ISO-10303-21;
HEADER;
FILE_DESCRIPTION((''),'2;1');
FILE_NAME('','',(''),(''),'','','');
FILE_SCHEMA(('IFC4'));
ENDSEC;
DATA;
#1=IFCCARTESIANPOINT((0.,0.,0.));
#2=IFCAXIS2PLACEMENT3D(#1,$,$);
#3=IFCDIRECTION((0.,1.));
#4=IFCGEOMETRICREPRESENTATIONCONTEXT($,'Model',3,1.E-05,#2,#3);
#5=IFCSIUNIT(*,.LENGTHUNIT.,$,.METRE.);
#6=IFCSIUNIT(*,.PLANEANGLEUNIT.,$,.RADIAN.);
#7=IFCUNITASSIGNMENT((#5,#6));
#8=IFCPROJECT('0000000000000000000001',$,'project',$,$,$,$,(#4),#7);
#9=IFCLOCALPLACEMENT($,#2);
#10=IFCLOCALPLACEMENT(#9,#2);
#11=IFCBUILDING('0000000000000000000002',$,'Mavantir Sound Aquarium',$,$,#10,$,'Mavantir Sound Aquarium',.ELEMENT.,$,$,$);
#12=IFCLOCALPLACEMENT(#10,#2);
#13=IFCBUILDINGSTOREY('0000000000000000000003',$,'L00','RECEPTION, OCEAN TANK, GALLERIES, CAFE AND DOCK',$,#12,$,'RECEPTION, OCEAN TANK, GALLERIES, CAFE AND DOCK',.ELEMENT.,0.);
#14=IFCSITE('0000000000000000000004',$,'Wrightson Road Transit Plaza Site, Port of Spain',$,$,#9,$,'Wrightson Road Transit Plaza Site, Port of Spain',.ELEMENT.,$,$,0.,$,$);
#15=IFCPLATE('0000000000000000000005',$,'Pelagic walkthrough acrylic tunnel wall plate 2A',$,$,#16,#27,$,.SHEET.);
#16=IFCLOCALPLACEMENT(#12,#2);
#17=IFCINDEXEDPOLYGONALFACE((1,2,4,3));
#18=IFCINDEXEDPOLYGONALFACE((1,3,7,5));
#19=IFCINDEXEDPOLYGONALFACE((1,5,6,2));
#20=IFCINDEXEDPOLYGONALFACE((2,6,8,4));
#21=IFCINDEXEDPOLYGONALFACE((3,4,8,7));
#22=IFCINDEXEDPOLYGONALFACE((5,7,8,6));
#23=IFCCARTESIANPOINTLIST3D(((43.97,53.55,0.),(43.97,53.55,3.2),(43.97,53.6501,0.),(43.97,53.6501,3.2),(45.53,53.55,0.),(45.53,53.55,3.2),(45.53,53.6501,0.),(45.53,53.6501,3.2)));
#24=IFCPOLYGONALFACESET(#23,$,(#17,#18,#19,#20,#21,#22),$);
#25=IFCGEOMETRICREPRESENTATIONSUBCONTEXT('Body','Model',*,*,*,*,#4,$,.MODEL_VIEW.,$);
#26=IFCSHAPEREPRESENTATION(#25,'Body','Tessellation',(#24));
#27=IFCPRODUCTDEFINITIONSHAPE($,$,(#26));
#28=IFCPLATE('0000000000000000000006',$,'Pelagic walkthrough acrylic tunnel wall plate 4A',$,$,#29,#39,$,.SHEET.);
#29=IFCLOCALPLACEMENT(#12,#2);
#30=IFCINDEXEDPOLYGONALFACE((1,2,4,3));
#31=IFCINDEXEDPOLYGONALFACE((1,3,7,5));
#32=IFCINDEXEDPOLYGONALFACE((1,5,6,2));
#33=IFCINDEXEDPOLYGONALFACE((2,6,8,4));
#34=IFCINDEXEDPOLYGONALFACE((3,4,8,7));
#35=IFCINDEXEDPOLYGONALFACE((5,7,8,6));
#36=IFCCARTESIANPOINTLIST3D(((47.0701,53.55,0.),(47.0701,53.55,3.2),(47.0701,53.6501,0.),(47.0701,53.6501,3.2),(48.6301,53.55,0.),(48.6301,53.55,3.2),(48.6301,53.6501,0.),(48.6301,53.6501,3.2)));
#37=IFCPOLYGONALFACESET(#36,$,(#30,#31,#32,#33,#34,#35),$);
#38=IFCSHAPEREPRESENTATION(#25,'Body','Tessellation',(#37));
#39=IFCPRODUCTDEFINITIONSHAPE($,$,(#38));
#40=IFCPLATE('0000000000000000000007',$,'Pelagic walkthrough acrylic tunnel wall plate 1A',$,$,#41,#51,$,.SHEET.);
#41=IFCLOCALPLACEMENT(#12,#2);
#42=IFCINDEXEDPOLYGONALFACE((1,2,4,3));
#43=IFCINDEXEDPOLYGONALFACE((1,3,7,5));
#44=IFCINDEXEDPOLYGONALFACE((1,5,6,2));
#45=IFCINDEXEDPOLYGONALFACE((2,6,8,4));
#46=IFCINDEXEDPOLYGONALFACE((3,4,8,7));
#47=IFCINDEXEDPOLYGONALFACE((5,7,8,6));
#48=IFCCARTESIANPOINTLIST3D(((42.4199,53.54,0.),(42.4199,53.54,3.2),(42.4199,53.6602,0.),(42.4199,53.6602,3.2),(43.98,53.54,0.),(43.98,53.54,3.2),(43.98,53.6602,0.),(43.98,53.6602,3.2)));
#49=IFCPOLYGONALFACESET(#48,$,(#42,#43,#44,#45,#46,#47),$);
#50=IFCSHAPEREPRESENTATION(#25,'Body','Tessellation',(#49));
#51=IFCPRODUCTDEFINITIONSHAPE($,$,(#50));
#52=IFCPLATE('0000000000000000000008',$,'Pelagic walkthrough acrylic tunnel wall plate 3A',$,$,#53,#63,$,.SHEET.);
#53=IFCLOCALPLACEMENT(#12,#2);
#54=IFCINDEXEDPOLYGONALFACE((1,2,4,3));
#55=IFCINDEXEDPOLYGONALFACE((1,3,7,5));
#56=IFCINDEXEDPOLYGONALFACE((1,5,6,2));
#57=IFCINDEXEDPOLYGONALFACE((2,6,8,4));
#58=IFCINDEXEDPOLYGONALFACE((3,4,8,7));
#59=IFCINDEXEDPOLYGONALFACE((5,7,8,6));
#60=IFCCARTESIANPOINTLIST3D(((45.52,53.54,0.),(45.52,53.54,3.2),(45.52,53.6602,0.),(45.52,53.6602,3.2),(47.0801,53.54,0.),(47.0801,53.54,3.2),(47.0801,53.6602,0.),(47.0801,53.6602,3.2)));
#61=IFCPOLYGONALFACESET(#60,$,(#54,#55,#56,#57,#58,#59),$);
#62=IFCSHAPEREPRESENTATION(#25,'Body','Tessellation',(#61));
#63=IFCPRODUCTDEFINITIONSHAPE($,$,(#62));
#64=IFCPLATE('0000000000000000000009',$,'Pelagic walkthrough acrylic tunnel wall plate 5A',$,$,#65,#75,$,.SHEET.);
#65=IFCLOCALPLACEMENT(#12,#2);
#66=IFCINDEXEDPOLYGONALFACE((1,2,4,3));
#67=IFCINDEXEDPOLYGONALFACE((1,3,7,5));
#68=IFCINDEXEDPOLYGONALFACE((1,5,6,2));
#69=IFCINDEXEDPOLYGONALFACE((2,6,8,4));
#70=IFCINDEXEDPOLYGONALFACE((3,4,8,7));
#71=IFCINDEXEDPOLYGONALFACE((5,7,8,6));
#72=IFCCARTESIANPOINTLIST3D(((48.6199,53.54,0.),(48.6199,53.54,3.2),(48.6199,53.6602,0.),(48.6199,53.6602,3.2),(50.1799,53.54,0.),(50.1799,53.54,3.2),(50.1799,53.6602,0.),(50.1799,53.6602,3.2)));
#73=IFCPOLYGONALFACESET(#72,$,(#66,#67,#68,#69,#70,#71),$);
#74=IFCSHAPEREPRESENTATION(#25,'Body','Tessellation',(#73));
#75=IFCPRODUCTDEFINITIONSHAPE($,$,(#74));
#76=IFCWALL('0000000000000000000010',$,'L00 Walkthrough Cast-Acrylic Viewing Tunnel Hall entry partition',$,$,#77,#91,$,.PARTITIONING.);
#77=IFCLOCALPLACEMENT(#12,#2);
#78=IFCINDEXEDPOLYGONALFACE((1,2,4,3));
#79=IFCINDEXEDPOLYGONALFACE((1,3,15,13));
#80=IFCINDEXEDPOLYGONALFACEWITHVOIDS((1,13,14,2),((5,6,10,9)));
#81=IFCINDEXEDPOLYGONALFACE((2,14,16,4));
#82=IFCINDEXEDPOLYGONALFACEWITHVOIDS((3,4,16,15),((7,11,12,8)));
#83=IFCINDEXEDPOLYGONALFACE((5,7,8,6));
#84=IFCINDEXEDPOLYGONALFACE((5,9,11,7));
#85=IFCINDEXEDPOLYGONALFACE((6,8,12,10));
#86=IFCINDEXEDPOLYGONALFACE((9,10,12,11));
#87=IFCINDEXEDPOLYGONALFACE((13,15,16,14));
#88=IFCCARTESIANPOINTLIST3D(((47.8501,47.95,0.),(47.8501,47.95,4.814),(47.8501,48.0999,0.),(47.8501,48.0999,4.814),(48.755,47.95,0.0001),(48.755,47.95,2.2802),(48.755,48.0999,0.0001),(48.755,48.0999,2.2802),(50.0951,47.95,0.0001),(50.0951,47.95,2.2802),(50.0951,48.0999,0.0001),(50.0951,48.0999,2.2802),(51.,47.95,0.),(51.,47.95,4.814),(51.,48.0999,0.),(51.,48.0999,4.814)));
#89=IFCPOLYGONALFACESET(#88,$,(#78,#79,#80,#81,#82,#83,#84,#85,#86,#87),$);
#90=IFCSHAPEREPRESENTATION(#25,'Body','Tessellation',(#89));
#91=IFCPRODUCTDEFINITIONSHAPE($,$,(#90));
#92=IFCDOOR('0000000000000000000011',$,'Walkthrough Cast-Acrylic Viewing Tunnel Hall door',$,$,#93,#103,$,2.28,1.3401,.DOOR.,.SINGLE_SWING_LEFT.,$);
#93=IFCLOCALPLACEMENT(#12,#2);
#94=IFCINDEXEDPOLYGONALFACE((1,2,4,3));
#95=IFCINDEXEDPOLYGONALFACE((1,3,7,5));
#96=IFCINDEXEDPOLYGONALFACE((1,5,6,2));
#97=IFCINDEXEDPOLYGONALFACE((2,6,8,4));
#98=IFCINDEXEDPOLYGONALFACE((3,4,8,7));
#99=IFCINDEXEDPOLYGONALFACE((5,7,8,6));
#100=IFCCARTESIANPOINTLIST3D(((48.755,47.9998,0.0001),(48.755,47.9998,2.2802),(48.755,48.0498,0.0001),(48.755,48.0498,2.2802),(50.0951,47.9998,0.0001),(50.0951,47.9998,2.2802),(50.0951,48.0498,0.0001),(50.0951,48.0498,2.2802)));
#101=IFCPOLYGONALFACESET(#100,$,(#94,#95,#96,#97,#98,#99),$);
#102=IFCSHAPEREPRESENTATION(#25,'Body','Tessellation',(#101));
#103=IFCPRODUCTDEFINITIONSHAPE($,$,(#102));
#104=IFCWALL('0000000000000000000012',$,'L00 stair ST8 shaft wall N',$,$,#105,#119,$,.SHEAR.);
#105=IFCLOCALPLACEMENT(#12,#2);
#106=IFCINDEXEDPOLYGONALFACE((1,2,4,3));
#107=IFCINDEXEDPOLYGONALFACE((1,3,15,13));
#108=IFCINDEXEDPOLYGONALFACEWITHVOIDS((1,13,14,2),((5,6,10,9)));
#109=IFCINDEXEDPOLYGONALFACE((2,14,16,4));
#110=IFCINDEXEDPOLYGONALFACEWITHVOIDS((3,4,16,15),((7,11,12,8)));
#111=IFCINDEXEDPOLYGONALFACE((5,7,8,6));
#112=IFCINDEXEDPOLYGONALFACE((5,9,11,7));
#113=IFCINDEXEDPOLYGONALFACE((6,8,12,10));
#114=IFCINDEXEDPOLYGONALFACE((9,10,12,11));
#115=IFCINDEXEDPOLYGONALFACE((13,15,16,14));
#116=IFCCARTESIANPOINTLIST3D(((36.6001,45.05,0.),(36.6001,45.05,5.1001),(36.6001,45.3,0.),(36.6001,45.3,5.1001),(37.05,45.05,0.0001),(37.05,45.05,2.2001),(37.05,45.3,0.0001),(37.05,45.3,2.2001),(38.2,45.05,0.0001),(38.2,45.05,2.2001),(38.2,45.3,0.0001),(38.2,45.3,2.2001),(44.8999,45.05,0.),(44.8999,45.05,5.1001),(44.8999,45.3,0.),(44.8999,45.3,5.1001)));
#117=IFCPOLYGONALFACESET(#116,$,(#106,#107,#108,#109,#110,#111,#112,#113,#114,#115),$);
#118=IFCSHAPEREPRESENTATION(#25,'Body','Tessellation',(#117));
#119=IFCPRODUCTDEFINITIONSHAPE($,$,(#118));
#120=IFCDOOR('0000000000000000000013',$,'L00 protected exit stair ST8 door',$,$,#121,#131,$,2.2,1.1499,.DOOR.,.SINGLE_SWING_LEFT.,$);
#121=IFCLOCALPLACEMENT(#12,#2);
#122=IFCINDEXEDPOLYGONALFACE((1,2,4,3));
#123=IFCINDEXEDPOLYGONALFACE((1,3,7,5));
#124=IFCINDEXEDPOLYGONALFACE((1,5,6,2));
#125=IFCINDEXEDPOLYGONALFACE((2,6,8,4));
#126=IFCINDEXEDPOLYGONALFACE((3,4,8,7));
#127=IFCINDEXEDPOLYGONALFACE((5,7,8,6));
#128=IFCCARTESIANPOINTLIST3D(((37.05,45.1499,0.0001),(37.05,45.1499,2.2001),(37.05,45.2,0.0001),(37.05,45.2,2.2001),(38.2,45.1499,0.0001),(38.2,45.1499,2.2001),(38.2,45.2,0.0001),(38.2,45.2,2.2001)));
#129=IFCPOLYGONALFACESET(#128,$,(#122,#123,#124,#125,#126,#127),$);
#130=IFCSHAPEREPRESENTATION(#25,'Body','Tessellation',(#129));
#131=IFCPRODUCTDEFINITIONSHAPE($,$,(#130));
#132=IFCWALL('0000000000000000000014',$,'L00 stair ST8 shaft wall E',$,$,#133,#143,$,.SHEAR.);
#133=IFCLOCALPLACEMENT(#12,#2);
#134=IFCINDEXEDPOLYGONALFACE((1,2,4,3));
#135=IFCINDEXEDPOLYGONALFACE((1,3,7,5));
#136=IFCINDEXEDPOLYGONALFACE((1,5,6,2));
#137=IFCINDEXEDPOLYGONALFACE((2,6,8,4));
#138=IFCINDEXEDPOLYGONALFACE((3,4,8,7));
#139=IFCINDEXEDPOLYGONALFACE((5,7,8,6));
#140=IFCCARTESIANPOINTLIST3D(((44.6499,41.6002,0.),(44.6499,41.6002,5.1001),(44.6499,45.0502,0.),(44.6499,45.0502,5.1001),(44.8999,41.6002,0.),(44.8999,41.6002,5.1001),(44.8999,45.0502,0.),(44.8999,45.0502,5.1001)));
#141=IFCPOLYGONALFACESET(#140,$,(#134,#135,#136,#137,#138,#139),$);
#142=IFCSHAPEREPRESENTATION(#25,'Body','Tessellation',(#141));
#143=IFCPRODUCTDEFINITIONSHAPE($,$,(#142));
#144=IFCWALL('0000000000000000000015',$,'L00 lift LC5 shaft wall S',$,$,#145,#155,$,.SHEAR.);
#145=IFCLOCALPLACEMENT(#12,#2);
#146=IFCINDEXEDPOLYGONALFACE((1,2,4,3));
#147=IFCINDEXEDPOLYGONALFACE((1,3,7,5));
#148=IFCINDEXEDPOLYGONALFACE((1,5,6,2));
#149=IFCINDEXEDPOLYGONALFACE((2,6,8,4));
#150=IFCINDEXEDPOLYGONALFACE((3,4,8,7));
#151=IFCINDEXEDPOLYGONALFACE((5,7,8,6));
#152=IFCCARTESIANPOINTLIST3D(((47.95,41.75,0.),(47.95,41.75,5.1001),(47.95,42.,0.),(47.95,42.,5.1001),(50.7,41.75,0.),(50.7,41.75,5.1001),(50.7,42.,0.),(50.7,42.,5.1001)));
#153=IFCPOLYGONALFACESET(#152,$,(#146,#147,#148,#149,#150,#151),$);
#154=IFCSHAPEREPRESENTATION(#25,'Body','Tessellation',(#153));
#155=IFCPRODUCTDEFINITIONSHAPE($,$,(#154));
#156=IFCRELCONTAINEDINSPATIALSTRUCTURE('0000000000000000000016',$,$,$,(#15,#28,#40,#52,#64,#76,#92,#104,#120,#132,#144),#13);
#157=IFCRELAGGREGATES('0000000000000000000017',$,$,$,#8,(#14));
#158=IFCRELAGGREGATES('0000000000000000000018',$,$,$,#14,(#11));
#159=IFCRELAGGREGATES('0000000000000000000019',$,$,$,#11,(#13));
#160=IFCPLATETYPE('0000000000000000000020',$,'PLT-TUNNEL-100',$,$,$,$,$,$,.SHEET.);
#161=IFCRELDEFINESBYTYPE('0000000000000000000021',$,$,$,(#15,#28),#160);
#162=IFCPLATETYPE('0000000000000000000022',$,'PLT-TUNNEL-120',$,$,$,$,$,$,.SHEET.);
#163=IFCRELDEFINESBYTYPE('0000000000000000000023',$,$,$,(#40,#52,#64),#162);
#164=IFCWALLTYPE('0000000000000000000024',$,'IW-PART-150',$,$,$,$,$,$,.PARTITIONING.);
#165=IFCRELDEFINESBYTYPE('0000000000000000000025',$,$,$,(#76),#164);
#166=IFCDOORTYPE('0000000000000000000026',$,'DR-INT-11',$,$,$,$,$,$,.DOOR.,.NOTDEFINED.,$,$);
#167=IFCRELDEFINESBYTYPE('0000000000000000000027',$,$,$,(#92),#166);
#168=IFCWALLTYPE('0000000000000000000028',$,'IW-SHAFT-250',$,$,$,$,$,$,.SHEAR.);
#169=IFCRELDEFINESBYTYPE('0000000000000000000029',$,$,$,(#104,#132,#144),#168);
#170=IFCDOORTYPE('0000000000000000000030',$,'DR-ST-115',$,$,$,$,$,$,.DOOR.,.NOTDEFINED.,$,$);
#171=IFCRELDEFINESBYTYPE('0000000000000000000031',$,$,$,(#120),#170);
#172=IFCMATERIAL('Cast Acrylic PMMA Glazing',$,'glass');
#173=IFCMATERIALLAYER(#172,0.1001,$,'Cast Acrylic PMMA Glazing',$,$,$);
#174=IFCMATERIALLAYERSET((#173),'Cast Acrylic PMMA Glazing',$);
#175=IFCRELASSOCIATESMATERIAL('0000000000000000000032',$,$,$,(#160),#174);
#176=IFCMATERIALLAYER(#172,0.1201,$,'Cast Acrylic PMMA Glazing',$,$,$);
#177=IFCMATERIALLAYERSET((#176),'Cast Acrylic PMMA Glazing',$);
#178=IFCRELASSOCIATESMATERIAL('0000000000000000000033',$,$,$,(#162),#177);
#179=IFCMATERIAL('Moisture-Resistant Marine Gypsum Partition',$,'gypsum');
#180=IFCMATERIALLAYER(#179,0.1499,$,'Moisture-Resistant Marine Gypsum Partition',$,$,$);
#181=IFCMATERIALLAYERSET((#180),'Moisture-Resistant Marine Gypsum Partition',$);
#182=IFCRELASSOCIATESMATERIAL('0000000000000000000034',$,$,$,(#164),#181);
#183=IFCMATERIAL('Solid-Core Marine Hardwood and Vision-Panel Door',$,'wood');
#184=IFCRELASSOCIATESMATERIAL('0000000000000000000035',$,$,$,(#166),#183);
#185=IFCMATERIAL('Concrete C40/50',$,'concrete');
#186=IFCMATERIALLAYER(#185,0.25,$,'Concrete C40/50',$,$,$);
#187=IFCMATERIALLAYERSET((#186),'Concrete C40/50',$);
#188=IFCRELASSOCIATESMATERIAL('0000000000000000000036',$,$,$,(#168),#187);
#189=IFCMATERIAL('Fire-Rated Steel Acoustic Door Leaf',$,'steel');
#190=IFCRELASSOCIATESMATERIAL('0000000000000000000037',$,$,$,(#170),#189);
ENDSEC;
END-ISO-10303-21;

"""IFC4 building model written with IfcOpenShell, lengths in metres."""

from ifc_helpers import new_model, si_unit, direction, frame, frame_2d, origin, origin_2d, place, context, subcontext, project, spatial, rectangle, extrude, material, layer, layer_set, type_object, element, fill, save


model = new_model("IFC4")

# Units and contexts
model_context = context("Model", 3, precision=1e-05, world=origin(), true_north=direction((0.0, 1.0)))
body_context = subcontext(model_context, "Body", "Model", "MODEL_VIEW")
ifc_project = project(units=[si_unit("LENGTHUNIT", "METRE"), si_unit("PLANEANGLEUNIT", "RADIAN")], contexts=[model_context])

# Site, building, storey
site_placement = place(None, origin())
site = spatial("IfcSite", under=ifc_project, at=site_placement, Name="Wrightson Road Transit Plaza Site, Port of Spain", LongName="Wrightson Road Transit Plaza Site, Port of Spain", CompositionType="ELEMENT", RefElevation=0.0)
building_placement = place(site_placement, origin())
building = spatial("IfcBuilding", under=site, at=building_placement, Name="Mavantir Sound Aquarium", LongName="Mavantir Sound Aquarium", CompositionType="ELEMENT")
storey_placement = place(building_placement, origin())
storey = spatial("IfcBuildingStorey", under=building, at=storey_placement, Name="L00", Description="RECEPTION, OCEAN TANK, GALLERIES, CAFE AND DOCK", LongName="RECEPTION, OCEAN TANK, GALLERIES, CAFE AND DOCK", CompositionType="ELEMENT", Elevation=0.0)

# Shared definitions
ifc_material_1 = material(Name="Concrete C40/50", Category="concrete")

# Plates
ifc_material_2 = material(Name="Cast Acrylic PMMA Glazing", Category="glass")
ifc_layer_1 = layer(ifc_material_2, 0.1001, Name="Cast Acrylic PMMA Glazing")
ifc_layer_set_1 = layer_set([ifc_layer_1], Name="Cast Acrylic PMMA Glazing")
plate_type_1 = type_object("IfcPlateType", Name="PLT-TUNNEL-100", PredefinedType="SHEET", material=ifc_layer_set_1)
for number, where, z_axis, x_axis, name in (
    (1, (44.75, 53.6001, 0.0), (0.0, 0.0, 1.0), (1.0, 0.0, 0.0), "Pelagic walkthrough acrylic tunnel wall plate 2A"),
    (2, (47.8501, 53.6001, 0.0), (0.0, 0.0, 1.0), (1.0, 0.0, 0.0), "Pelagic walkthrough acrylic tunnel wall plate 4A"),
):
    element("IfcPlate", number, at=place(storey_placement, frame(where, z_axis=z_axis, x_axis=x_axis)), inside=storey, type_object=plate_type_1, Name=name, PredefinedType="SHEET", context=body_context, shape_type="SweptSolid", body=[
        extrude(rectangle(XDim=1.5601, YDim=0.1001, at=origin_2d()), origin(), (0.0, 0.0, 1.0), 3.2),
    ])
ifc_layer_2 = layer(ifc_material_2, 0.1201, Name="Cast Acrylic PMMA Glazing")
ifc_layer_set_2 = layer_set([ifc_layer_2], Name="Cast Acrylic PMMA Glazing")
plate_type_2 = type_object("IfcPlateType", Name="PLT-TUNNEL-120", PredefinedType="SHEET", material=ifc_layer_set_2)
for number, where, z_axis, x_axis, name in (
    (3, (43.2, 53.6001, 0.0), (0.0, 0.0, 1.0), (1.0, 0.0, 0.0), "Pelagic walkthrough acrylic tunnel wall plate 1A"),
    (4, (46.3, 53.6001, 0.0), (0.0, 0.0, 1.0), (1.0, 0.0, 0.0), "Pelagic walkthrough acrylic tunnel wall plate 3A"),
    (5, (49.3999, 53.6001, 0.0), (0.0, 0.0, 1.0), (1.0, 0.0, 0.0), "Pelagic walkthrough acrylic tunnel wall plate 5A"),
):
    element("IfcPlate", number, at=place(storey_placement, frame(where, z_axis=z_axis, x_axis=x_axis)), inside=storey, type_object=plate_type_2, Name=name, PredefinedType="SHEET", context=body_context, shape_type="SweptSolid", body=[
        extrude(rectangle(XDim=1.5601, YDim=0.1201, at=origin_2d()), origin(), (0.0, 0.0, 1.0), 3.2),
    ])

# Walls, openings, doors
ifc_material_3 = material(Name="Moisture-Resistant Marine Gypsum Partition", Category="gypsum")
ifc_layer_3 = layer(ifc_material_3, 0.1499, Name="Moisture-Resistant Marine Gypsum Partition")
ifc_layer_set_3 = layer_set([ifc_layer_3], Name="Moisture-Resistant Marine Gypsum Partition")
wall_type_1 = type_object("IfcWallType", Name="IW-PART-150", PredefinedType="PARTITIONING", material=ifc_layer_set_3)
wall_1_placement = place(storey_placement, frame((47.8501, 48.0249, 0.0), z_axis=(0.0, 0.0, 1.0), x_axis=(1.0, 0.0, 0.0)))
wall_1 = element("IfcWall", 6, at=wall_1_placement, inside=storey, type_object=wall_type_1, Name="L00 Walkthrough Cast-Acrylic Viewing Tunnel Hall entry partition", PredefinedType="PARTITIONING", context=body_context, shape_type="SweptSolid", body=[
    extrude(rectangle(XDim=3.1499, YDim=0.1499, at=frame_2d((1.575, 0.0))), origin(), (0.0, 0.0, 1.0), 4.814),
])
opening_1_placement = place(wall_1_placement, frame((0.905, 0.0, 0.0)))
opening_1 = element("IfcOpeningElement", 7, at=opening_1_placement, cuts=wall_1, PredefinedType="OPENING", context=body_context, shape_type="SweptSolid", body=[
    extrude(rectangle(XDim=1.3401, YDim=2.28, at=frame_2d((0.6699, 1.1401))), frame((0.0, 0.085, 0.0), z_axis=(0.0, -1.0, 0.0), x_axis=(1.0, 0.0, 0.0)), (0.0, 0.0, 1.0), 0.1699),
])
ifc_material_4 = material(Name="Solid-Core Marine Hardwood and Vision-Panel Door", Category="wood")
door_type_1 = type_object("IfcDoorType", Name="DR-INT-11", OperationType="NOTDEFINED", PredefinedType="DOOR", material=ifc_material_4)
door_1_placement = place(opening_1_placement, origin())
door_1 = element("IfcDoor", 8, at=door_1_placement, inside=storey, type_object=door_type_1, Name="Walkthrough Cast-Acrylic Viewing Tunnel Hall door", OperationType="SINGLE_SWING_LEFT", OverallHeight=2.28, OverallWidth=1.3401, PredefinedType="DOOR", context=body_context, shape_type="SweptSolid", body=[
    extrude(rectangle(XDim=1.3401, YDim=2.28, at=frame_2d((0.6699, 1.1401))), frame((0.0, 0.0249, 0.0), z_axis=(0.0, -1.0, 0.0), x_axis=(1.0, 0.0, 0.0)), (0.0, 0.0, 1.0), 0.05),
])
fill(opening_1, door_1)
ifc_layer_4 = layer(ifc_material_1, 0.25, Name="Concrete C40/50")
ifc_layer_set_4 = layer_set([ifc_layer_4], Name="Concrete C40/50")
wall_type_2 = type_object("IfcWallType", Name="IW-SHAFT-250", PredefinedType="SHEAR", material=ifc_layer_set_4)
wall_2_placement = place(storey_placement, frame((44.8999, 45.175, 0.0), z_axis=(0.0, 0.0, 1.0), x_axis=(-1.0, 0.0, 0.0)))
wall_2 = element("IfcWall", 9, at=wall_2_placement, inside=storey, type_object=wall_type_2, Name="L00 stair ST8 shaft wall N", PredefinedType="SHEAR", context=body_context, shape_type="SweptSolid", body=[
    extrude(rectangle(XDim=8.2998, YDim=0.25, at=frame_2d((4.1499, 0.0))), origin(), (0.0, 0.0, 1.0), 5.1001),
])
opening_2_placement = place(wall_2_placement, frame((7.8499, 0.0, 0.0), z_axis=(0.0, 0.0, 1.0), x_axis=(-1.0, 0.0, 0.0)))
opening_2 = element("IfcOpeningElement", 10, at=opening_2_placement, cuts=wall_2, PredefinedType="OPENING", context=body_context, shape_type="SweptSolid", body=[
    extrude(rectangle(XDim=1.1499, YDim=2.2, at=frame_2d((0.575, 1.1001))), frame((0.0, 0.135, 0.0), z_axis=(0.0, -1.0, 0.0), x_axis=(1.0, 0.0, 0.0)), (0.0, 0.0, 1.0), 0.27),
])
ifc_material_5 = material(Name="Fire-Rated Steel Acoustic Door Leaf", Category="steel")
door_type_2 = type_object("IfcDoorType", Name="DR-ST-115", OperationType="NOTDEFINED", PredefinedType="DOOR", material=ifc_material_5)
door_2_placement = place(opening_2_placement, origin())
door_2 = element("IfcDoor", 11, at=door_2_placement, inside=storey, type_object=door_type_2, Name="L00 protected exit stair ST8 door", OperationType="SINGLE_SWING_LEFT", OverallHeight=2.2, OverallWidth=1.1499, PredefinedType="DOOR", context=body_context, shape_type="SweptSolid", body=[
    extrude(rectangle(XDim=1.1499, YDim=2.2, at=frame_2d((0.575, 1.1001))), frame((0.0, 0.0249, 0.0), z_axis=(0.0, -1.0, 0.0), x_axis=(1.0, 0.0, 0.0)), (0.0, 0.0, 1.0), 0.05),
])
fill(opening_2, door_2)

# Walls
wall_3_placement = place(storey_placement, frame((44.7749, 41.6001, 0.0), z_axis=(0.0, 0.0, 1.0), x_axis=(0.0, 1.0, 0.0)))
element("IfcWall", 12, at=wall_3_placement, inside=storey, type_object=wall_type_2, Name="L00 stair ST8 shaft wall E", PredefinedType="SHEAR", context=body_context, shape_type="SweptSolid", body=[
    extrude(rectangle(XDim=3.45, YDim=0.25, at=frame_2d((1.7251, 0.0))), origin(), (0.0, 0.0, 1.0), 5.1001),
])
wall_4_placement = place(storey_placement, frame((47.95, 41.875, 0.0), z_axis=(0.0, 0.0, 1.0), x_axis=(1.0, 0.0, 0.0)))
element("IfcWall", 13, at=wall_4_placement, inside=storey, type_object=wall_type_2, Name="L00 lift LC5 shaft wall S", PredefinedType="SHEAR", context=body_context, shape_type="SweptSolid", body=[
    extrude(rectangle(XDim=2.75, YDim=0.25, at=frame_2d((1.375, 0.0))), origin(), (0.0, 0.0, 1.0), 5.1001),
])

save(model, "model.ifc")
